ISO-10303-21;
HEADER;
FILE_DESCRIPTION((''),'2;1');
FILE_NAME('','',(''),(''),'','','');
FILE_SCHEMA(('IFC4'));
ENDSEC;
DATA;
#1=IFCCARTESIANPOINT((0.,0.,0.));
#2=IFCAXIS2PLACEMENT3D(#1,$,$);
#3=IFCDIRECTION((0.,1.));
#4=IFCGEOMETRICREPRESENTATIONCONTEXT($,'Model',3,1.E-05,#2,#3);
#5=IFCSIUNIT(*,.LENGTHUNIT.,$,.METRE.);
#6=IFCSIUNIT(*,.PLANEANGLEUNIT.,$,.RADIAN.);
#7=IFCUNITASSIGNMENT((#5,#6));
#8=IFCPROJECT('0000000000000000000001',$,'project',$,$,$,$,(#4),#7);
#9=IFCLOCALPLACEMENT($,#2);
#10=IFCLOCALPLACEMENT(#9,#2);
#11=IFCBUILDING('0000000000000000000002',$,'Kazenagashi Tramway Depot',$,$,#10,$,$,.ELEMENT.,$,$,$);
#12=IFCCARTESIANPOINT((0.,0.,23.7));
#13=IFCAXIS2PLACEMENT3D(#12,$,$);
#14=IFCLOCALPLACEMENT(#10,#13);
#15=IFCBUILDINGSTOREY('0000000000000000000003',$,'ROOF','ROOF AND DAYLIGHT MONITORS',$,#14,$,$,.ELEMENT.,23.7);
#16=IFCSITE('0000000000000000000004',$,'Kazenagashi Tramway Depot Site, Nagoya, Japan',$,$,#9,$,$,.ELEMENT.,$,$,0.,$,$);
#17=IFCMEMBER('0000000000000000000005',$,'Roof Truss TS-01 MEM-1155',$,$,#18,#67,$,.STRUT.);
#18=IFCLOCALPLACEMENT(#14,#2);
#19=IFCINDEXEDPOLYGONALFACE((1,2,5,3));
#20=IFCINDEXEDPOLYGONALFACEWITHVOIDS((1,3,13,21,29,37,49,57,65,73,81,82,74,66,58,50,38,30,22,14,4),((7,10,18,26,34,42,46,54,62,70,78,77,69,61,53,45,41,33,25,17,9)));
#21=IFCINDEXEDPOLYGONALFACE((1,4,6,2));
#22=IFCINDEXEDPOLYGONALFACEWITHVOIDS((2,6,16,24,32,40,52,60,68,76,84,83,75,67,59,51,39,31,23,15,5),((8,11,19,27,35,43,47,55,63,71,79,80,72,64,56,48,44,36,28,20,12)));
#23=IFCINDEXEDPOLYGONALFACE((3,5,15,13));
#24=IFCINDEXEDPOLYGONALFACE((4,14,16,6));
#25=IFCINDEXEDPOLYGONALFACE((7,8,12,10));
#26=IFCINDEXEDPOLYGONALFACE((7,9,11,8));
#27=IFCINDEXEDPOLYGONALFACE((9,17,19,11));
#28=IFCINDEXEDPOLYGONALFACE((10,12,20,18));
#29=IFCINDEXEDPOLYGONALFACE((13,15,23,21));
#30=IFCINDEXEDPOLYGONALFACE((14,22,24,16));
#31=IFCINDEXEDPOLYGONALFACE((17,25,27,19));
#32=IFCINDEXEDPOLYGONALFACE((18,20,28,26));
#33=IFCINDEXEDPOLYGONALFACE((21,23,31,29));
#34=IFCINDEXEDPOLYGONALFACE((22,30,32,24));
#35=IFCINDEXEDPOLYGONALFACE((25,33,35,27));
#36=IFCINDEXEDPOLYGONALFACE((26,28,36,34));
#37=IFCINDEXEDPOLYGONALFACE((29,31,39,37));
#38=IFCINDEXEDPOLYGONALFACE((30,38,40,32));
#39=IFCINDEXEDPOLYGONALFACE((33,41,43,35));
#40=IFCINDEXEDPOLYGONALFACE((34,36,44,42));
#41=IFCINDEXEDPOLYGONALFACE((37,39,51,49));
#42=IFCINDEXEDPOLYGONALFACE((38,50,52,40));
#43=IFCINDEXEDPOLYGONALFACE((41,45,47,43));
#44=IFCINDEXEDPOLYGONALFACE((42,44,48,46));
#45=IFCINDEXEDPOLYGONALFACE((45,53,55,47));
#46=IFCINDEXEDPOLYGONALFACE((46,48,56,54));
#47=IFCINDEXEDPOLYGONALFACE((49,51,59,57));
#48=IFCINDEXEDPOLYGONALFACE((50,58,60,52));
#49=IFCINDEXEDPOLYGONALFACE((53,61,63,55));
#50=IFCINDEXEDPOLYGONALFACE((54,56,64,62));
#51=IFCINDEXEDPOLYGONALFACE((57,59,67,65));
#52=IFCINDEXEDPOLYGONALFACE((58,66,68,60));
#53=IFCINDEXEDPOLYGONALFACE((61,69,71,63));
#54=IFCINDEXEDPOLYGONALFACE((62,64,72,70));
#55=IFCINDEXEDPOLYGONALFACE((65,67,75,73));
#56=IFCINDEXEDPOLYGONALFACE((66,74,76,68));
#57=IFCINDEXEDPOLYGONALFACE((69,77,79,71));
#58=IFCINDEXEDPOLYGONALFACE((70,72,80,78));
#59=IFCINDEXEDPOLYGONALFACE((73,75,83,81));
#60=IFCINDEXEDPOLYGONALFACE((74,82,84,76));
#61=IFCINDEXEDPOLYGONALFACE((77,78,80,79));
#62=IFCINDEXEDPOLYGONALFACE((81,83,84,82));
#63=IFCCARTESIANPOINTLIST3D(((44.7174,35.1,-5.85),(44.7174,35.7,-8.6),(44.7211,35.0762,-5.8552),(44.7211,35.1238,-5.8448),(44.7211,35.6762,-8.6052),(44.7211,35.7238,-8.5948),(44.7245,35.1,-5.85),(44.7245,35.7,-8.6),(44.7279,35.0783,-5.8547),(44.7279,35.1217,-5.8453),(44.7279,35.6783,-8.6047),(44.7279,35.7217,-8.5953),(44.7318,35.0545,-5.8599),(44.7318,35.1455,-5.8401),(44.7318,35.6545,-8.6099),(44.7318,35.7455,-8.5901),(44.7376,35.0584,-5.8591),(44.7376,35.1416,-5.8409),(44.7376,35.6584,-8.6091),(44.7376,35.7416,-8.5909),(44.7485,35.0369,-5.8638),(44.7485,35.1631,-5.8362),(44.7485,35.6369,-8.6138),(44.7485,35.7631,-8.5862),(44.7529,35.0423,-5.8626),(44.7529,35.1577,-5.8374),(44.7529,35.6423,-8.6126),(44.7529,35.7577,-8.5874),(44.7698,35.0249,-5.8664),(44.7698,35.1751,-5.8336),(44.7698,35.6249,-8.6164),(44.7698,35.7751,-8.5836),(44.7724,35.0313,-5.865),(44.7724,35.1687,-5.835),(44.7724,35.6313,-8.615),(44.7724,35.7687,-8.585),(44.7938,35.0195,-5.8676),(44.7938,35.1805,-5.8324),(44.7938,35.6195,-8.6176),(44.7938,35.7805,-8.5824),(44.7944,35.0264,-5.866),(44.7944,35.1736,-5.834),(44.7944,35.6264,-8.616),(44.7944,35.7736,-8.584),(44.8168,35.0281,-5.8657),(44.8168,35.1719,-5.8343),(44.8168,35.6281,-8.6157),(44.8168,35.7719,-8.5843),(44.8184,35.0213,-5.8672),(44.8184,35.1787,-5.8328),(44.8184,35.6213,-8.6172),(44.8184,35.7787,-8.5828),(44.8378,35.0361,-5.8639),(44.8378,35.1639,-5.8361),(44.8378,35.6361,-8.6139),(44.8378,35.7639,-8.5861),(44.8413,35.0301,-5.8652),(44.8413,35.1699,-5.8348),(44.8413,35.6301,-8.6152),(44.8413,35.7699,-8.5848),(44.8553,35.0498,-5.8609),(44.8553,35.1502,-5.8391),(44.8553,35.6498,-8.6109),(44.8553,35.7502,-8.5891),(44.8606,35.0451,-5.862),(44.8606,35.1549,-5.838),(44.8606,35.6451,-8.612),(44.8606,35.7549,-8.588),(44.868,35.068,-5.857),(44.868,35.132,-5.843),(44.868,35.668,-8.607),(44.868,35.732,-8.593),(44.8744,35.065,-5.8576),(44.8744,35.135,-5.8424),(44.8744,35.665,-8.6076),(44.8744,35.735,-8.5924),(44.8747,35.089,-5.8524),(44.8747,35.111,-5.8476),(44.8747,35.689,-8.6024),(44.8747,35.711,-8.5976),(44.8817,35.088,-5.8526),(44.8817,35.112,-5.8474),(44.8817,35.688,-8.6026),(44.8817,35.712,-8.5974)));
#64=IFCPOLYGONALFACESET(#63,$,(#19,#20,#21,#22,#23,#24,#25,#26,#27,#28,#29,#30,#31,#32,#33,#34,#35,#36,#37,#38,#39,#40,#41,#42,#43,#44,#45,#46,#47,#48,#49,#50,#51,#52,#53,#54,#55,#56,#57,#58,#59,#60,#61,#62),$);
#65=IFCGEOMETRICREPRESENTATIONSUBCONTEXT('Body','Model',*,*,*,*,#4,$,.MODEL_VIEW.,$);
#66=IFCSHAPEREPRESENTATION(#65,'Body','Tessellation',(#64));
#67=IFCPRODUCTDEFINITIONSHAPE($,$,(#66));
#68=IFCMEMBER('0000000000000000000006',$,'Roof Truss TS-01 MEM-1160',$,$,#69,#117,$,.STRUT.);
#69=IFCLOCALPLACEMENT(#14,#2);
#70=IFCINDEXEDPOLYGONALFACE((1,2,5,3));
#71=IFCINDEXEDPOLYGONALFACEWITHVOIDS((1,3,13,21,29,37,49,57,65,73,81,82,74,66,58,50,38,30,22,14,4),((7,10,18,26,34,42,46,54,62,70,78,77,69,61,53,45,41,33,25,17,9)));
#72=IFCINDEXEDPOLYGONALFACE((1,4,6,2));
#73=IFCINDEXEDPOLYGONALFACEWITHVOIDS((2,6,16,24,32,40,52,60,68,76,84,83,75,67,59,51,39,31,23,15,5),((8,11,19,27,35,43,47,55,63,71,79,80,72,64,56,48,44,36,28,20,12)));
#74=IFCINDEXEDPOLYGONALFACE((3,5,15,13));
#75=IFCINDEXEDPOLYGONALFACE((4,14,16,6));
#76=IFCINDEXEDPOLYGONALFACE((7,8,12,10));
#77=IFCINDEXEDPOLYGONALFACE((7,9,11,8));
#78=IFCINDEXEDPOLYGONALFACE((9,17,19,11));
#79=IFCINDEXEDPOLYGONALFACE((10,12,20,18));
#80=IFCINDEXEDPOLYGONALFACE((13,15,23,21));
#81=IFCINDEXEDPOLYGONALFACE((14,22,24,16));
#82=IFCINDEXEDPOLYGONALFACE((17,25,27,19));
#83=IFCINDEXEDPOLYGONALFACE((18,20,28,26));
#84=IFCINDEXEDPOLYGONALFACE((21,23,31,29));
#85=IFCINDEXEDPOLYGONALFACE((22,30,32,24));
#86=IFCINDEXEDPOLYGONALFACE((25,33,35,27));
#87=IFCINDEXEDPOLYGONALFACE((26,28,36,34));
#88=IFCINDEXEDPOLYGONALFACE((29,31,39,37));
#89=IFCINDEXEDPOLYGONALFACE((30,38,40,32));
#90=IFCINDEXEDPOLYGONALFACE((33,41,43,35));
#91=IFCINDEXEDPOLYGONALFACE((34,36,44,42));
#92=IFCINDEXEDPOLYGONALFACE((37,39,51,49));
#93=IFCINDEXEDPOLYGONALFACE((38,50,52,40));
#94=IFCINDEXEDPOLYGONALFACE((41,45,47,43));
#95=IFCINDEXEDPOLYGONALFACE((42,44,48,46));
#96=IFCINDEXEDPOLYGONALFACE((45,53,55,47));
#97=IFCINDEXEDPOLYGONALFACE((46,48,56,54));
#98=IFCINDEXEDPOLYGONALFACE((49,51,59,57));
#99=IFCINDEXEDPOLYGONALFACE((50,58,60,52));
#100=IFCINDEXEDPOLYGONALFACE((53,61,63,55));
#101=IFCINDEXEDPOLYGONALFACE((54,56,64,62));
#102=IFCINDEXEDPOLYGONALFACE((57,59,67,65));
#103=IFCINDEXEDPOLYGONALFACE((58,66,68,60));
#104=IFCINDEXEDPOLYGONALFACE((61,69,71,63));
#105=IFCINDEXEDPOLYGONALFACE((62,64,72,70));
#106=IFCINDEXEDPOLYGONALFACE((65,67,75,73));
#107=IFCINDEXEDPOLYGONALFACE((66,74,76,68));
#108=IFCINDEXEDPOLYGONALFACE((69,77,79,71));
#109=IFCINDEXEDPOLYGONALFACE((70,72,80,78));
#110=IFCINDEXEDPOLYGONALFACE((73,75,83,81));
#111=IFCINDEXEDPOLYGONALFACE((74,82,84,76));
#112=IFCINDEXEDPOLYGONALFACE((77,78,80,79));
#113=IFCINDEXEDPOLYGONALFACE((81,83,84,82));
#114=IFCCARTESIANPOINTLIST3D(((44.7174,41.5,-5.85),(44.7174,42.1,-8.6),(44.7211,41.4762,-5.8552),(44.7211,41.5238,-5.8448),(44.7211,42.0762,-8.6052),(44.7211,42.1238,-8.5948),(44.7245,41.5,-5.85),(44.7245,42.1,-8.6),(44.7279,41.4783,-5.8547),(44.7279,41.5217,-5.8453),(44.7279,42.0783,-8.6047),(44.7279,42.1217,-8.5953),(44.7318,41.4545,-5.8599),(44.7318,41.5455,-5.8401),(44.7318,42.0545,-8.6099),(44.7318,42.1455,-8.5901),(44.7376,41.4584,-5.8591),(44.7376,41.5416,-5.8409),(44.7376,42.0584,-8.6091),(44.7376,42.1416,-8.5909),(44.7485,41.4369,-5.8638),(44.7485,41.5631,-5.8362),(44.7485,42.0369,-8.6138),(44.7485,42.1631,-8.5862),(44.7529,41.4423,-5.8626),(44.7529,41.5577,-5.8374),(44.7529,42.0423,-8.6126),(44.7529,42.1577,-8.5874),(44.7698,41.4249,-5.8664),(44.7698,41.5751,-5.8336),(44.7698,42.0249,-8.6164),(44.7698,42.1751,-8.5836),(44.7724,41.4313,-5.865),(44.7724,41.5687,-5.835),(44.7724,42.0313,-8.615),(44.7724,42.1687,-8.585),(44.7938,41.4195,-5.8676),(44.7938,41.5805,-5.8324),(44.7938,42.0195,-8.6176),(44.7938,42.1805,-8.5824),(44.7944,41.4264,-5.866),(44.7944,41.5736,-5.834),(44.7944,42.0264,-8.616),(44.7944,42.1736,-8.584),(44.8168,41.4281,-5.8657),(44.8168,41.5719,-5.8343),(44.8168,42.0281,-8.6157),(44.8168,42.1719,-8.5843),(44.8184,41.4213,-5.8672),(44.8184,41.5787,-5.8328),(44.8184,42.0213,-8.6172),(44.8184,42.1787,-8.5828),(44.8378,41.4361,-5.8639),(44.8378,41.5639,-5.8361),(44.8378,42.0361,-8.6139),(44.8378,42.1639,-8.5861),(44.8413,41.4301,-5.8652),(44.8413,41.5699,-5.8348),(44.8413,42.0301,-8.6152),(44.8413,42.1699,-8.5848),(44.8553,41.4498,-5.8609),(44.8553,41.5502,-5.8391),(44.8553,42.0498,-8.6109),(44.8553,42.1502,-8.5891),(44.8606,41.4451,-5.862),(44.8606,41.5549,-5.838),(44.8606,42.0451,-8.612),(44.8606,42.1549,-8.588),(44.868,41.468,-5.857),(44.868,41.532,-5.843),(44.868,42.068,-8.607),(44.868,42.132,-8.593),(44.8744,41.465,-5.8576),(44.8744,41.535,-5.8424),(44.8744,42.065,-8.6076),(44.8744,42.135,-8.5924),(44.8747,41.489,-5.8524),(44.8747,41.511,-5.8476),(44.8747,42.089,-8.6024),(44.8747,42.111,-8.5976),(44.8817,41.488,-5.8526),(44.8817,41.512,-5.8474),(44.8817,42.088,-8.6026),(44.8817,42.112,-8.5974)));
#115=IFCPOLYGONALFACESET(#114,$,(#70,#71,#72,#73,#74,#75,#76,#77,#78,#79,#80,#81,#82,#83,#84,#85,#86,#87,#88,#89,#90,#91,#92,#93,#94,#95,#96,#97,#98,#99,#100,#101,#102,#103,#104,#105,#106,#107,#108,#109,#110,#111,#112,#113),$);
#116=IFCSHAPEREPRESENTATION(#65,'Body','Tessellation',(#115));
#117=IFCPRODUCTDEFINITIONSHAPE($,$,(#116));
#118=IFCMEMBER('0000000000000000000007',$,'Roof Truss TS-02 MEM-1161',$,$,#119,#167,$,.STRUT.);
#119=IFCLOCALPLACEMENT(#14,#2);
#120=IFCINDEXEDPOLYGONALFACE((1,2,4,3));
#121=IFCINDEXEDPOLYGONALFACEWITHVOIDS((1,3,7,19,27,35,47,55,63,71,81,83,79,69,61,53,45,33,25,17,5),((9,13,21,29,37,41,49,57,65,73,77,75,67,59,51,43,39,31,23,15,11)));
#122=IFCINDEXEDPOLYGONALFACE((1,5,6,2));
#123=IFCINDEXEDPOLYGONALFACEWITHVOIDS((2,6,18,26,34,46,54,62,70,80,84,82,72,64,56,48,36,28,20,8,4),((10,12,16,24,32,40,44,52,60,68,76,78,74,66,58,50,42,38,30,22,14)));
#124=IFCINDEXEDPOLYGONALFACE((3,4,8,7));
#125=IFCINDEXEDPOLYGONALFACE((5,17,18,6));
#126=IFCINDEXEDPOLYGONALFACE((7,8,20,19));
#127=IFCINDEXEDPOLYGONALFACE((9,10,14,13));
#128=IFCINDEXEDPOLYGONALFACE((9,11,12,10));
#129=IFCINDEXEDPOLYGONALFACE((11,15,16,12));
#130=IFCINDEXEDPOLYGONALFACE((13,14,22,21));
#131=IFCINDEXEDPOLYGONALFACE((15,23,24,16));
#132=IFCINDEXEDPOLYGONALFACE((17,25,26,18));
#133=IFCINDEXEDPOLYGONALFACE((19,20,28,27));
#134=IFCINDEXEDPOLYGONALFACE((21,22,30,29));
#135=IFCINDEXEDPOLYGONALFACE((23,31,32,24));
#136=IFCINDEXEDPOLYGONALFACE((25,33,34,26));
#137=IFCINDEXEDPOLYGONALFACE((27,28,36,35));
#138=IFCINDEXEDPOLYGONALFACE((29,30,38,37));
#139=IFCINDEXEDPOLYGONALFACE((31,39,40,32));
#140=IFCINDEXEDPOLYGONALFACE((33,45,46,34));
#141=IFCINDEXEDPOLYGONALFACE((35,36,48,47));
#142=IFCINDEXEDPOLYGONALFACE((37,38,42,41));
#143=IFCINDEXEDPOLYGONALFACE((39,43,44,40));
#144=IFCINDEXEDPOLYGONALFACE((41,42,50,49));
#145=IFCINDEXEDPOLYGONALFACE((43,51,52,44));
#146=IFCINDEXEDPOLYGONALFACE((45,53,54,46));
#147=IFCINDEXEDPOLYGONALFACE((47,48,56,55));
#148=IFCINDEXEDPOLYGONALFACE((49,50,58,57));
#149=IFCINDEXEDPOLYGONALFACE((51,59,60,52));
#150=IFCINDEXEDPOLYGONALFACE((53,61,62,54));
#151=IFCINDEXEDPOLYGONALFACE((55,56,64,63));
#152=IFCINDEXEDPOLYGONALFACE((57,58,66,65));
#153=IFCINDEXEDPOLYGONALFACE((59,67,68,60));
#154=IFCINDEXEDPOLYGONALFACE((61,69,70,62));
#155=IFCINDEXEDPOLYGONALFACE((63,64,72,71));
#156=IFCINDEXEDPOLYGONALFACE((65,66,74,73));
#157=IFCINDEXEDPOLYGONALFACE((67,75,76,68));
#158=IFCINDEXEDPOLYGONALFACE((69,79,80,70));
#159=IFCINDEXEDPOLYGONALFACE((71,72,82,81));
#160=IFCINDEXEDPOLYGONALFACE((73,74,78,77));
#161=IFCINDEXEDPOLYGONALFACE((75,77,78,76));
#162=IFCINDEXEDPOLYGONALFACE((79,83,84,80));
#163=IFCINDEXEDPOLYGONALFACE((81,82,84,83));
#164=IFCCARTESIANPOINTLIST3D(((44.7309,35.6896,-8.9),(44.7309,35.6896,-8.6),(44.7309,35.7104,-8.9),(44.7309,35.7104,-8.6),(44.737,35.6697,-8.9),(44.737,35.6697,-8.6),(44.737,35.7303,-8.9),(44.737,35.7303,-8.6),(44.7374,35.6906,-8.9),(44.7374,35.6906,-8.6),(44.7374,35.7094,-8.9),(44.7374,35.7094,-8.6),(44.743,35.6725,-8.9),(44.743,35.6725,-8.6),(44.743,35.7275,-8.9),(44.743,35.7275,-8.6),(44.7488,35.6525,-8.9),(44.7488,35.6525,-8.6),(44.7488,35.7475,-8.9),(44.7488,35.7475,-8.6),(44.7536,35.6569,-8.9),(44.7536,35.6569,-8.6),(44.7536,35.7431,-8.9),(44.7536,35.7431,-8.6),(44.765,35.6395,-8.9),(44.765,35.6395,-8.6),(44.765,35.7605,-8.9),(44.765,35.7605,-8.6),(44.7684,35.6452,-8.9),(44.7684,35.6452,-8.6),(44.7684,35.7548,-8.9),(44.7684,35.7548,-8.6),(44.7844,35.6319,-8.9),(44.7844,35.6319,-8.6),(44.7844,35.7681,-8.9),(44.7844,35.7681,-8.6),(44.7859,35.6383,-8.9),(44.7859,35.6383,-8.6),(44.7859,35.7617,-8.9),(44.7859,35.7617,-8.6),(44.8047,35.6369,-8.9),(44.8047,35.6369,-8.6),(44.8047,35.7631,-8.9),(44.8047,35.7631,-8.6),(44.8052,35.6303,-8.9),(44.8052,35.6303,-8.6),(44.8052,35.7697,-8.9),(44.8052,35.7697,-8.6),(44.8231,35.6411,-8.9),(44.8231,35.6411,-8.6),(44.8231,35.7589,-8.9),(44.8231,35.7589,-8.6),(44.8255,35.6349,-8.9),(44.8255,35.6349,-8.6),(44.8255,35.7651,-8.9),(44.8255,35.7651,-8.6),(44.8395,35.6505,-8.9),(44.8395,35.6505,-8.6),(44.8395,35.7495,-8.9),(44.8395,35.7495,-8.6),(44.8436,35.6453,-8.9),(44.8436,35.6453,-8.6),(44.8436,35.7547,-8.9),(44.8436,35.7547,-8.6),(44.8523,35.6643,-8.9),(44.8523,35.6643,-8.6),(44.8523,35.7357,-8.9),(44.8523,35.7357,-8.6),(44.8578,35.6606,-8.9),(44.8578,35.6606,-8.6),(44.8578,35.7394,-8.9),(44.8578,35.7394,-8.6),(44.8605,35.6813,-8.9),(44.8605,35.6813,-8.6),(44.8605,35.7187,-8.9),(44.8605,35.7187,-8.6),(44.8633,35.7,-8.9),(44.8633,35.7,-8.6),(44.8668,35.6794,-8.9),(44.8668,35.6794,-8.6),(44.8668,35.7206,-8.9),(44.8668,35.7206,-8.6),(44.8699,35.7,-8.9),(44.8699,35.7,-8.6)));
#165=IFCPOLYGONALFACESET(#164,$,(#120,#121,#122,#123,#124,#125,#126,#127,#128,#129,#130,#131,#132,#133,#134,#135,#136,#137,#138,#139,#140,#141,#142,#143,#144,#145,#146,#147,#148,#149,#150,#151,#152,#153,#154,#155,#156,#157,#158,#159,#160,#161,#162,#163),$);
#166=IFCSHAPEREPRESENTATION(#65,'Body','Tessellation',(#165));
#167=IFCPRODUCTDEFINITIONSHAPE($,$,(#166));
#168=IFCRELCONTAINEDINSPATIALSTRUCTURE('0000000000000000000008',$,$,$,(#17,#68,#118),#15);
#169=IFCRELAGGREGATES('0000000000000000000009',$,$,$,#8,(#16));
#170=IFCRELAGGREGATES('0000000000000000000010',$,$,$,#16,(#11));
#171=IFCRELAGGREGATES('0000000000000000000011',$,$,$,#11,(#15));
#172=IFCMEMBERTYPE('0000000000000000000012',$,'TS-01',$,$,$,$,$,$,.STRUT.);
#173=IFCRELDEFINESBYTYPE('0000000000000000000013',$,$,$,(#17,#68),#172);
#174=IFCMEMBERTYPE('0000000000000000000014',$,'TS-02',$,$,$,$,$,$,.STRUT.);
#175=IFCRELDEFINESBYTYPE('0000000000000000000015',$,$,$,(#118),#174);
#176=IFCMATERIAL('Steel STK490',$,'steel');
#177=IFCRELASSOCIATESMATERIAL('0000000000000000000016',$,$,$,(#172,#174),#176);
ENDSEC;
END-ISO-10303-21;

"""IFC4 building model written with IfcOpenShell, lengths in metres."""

from ifc_helpers import new_model, si_unit, direction, frame, origin, origin_2d, place, context, subcontext, project, spatial, hollow_circle, extrude, material, material_profile, profile_set, type_object, element, save


model = new_model("IFC4")

# Units and contexts
model_context = context("Model", 3, precision=1e-05, world=origin(), true_north=direction((0.0, 1.0)))
body_context = subcontext(model_context, "Body", "Model", "MODEL_VIEW")
ifc_project = project(units=[si_unit("LENGTHUNIT", "METRE"), si_unit("PLANEANGLEUNIT", "RADIAN")], contexts=[model_context])

# Site, building, storey
site_placement = place(None, origin())
site = spatial("IfcSite", under=ifc_project, at=site_placement, Name="Kazenagashi Tramway Depot Site, Nagoya, Japan", CompositionType="ELEMENT", RefElevation=0.0)
building_placement = place(site_placement, origin())
building = spatial("IfcBuilding", under=site, at=building_placement, Name="Kazenagashi Tramway Depot", CompositionType="ELEMENT")
storey_placement = place(building_placement, frame((0.0, 0.0, 23.7)))
storey = spatial("IfcBuildingStorey", under=building, at=storey_placement, Name="ROOF", Description="ROOF AND DAYLIGHT MONITORS", CompositionType="ELEMENT", Elevation=23.7)

# Members
ifc_material_1 = material(Name="Steel STK490", Category="steel")
ifc_material_profile_1 = material_profile(ifc_material_1, hollow_circle(Radius=0.0826, WallThickness=0.0071, at=origin_2d()), Name="CHS-165.2x7.1")
ifc_profile_set_1 = profile_set([ifc_material_profile_1], Name="Steel STK490")
member_type_1 = type_object("IfcMemberType", Name="TS-01", PredefinedType="STRUT", material=ifc_profile_set_1)
for number, where, z_axis, x_axis, name in (
    (1, (44.8, 35.1, -5.85), (0.0, 0.213167, -0.977016), (-1.0, 0.0, 0.0), "Roof Truss TS-01 MEM-1155"),
    (2, (44.8, 41.5, -5.85), (0.0, 0.213167, -0.977016), (-1.0, 0.0, 0.0), "Roof Truss TS-01 MEM-1160"),
):
    element("IfcMember", number, at=place(storey_placement, frame(where, z_axis=z_axis, x_axis=x_axis)), inside=storey, type_object=member_type_1, Name=name, PredefinedType="STRUT", context=body_context, shape_type="SweptSolid", body=[
        extrude(hollow_circle(Radius=0.0826, WallThickness=0.0071, at=origin_2d()), origin(), (0.0, 0.0, 1.0), 2.8147),
    ])
ifc_material_profile_2 = material_profile(ifc_material_1, hollow_circle(Radius=0.0699, WallThickness=0.0066, at=origin_2d()), Name="CHS-139.8x6.6")
ifc_profile_set_2 = profile_set([ifc_material_profile_2], Name="Steel STK490")
member_type_2 = type_object("IfcMemberType", Name="TS-02", PredefinedType="STRUT", material=ifc_profile_set_2)
member_1_placement = place(storey_placement, frame((44.8, 35.7, -8.9), z_axis=(0.0, 0.0, 1.0), x_axis=(1.0, 0.0, 0.0)))
element("IfcMember", 3, at=member_1_placement, inside=storey, type_object=member_type_2, Name="Roof Truss TS-02 MEM-1161", PredefinedType="STRUT", context=body_context, shape_type="SweptSolid", body=[
    extrude(hollow_circle(Radius=0.0699, WallThickness=0.0066, at=origin_2d()), origin(), (0.0, 0.0, 1.0), 0.3),
])

save(model, "model.ifc")
